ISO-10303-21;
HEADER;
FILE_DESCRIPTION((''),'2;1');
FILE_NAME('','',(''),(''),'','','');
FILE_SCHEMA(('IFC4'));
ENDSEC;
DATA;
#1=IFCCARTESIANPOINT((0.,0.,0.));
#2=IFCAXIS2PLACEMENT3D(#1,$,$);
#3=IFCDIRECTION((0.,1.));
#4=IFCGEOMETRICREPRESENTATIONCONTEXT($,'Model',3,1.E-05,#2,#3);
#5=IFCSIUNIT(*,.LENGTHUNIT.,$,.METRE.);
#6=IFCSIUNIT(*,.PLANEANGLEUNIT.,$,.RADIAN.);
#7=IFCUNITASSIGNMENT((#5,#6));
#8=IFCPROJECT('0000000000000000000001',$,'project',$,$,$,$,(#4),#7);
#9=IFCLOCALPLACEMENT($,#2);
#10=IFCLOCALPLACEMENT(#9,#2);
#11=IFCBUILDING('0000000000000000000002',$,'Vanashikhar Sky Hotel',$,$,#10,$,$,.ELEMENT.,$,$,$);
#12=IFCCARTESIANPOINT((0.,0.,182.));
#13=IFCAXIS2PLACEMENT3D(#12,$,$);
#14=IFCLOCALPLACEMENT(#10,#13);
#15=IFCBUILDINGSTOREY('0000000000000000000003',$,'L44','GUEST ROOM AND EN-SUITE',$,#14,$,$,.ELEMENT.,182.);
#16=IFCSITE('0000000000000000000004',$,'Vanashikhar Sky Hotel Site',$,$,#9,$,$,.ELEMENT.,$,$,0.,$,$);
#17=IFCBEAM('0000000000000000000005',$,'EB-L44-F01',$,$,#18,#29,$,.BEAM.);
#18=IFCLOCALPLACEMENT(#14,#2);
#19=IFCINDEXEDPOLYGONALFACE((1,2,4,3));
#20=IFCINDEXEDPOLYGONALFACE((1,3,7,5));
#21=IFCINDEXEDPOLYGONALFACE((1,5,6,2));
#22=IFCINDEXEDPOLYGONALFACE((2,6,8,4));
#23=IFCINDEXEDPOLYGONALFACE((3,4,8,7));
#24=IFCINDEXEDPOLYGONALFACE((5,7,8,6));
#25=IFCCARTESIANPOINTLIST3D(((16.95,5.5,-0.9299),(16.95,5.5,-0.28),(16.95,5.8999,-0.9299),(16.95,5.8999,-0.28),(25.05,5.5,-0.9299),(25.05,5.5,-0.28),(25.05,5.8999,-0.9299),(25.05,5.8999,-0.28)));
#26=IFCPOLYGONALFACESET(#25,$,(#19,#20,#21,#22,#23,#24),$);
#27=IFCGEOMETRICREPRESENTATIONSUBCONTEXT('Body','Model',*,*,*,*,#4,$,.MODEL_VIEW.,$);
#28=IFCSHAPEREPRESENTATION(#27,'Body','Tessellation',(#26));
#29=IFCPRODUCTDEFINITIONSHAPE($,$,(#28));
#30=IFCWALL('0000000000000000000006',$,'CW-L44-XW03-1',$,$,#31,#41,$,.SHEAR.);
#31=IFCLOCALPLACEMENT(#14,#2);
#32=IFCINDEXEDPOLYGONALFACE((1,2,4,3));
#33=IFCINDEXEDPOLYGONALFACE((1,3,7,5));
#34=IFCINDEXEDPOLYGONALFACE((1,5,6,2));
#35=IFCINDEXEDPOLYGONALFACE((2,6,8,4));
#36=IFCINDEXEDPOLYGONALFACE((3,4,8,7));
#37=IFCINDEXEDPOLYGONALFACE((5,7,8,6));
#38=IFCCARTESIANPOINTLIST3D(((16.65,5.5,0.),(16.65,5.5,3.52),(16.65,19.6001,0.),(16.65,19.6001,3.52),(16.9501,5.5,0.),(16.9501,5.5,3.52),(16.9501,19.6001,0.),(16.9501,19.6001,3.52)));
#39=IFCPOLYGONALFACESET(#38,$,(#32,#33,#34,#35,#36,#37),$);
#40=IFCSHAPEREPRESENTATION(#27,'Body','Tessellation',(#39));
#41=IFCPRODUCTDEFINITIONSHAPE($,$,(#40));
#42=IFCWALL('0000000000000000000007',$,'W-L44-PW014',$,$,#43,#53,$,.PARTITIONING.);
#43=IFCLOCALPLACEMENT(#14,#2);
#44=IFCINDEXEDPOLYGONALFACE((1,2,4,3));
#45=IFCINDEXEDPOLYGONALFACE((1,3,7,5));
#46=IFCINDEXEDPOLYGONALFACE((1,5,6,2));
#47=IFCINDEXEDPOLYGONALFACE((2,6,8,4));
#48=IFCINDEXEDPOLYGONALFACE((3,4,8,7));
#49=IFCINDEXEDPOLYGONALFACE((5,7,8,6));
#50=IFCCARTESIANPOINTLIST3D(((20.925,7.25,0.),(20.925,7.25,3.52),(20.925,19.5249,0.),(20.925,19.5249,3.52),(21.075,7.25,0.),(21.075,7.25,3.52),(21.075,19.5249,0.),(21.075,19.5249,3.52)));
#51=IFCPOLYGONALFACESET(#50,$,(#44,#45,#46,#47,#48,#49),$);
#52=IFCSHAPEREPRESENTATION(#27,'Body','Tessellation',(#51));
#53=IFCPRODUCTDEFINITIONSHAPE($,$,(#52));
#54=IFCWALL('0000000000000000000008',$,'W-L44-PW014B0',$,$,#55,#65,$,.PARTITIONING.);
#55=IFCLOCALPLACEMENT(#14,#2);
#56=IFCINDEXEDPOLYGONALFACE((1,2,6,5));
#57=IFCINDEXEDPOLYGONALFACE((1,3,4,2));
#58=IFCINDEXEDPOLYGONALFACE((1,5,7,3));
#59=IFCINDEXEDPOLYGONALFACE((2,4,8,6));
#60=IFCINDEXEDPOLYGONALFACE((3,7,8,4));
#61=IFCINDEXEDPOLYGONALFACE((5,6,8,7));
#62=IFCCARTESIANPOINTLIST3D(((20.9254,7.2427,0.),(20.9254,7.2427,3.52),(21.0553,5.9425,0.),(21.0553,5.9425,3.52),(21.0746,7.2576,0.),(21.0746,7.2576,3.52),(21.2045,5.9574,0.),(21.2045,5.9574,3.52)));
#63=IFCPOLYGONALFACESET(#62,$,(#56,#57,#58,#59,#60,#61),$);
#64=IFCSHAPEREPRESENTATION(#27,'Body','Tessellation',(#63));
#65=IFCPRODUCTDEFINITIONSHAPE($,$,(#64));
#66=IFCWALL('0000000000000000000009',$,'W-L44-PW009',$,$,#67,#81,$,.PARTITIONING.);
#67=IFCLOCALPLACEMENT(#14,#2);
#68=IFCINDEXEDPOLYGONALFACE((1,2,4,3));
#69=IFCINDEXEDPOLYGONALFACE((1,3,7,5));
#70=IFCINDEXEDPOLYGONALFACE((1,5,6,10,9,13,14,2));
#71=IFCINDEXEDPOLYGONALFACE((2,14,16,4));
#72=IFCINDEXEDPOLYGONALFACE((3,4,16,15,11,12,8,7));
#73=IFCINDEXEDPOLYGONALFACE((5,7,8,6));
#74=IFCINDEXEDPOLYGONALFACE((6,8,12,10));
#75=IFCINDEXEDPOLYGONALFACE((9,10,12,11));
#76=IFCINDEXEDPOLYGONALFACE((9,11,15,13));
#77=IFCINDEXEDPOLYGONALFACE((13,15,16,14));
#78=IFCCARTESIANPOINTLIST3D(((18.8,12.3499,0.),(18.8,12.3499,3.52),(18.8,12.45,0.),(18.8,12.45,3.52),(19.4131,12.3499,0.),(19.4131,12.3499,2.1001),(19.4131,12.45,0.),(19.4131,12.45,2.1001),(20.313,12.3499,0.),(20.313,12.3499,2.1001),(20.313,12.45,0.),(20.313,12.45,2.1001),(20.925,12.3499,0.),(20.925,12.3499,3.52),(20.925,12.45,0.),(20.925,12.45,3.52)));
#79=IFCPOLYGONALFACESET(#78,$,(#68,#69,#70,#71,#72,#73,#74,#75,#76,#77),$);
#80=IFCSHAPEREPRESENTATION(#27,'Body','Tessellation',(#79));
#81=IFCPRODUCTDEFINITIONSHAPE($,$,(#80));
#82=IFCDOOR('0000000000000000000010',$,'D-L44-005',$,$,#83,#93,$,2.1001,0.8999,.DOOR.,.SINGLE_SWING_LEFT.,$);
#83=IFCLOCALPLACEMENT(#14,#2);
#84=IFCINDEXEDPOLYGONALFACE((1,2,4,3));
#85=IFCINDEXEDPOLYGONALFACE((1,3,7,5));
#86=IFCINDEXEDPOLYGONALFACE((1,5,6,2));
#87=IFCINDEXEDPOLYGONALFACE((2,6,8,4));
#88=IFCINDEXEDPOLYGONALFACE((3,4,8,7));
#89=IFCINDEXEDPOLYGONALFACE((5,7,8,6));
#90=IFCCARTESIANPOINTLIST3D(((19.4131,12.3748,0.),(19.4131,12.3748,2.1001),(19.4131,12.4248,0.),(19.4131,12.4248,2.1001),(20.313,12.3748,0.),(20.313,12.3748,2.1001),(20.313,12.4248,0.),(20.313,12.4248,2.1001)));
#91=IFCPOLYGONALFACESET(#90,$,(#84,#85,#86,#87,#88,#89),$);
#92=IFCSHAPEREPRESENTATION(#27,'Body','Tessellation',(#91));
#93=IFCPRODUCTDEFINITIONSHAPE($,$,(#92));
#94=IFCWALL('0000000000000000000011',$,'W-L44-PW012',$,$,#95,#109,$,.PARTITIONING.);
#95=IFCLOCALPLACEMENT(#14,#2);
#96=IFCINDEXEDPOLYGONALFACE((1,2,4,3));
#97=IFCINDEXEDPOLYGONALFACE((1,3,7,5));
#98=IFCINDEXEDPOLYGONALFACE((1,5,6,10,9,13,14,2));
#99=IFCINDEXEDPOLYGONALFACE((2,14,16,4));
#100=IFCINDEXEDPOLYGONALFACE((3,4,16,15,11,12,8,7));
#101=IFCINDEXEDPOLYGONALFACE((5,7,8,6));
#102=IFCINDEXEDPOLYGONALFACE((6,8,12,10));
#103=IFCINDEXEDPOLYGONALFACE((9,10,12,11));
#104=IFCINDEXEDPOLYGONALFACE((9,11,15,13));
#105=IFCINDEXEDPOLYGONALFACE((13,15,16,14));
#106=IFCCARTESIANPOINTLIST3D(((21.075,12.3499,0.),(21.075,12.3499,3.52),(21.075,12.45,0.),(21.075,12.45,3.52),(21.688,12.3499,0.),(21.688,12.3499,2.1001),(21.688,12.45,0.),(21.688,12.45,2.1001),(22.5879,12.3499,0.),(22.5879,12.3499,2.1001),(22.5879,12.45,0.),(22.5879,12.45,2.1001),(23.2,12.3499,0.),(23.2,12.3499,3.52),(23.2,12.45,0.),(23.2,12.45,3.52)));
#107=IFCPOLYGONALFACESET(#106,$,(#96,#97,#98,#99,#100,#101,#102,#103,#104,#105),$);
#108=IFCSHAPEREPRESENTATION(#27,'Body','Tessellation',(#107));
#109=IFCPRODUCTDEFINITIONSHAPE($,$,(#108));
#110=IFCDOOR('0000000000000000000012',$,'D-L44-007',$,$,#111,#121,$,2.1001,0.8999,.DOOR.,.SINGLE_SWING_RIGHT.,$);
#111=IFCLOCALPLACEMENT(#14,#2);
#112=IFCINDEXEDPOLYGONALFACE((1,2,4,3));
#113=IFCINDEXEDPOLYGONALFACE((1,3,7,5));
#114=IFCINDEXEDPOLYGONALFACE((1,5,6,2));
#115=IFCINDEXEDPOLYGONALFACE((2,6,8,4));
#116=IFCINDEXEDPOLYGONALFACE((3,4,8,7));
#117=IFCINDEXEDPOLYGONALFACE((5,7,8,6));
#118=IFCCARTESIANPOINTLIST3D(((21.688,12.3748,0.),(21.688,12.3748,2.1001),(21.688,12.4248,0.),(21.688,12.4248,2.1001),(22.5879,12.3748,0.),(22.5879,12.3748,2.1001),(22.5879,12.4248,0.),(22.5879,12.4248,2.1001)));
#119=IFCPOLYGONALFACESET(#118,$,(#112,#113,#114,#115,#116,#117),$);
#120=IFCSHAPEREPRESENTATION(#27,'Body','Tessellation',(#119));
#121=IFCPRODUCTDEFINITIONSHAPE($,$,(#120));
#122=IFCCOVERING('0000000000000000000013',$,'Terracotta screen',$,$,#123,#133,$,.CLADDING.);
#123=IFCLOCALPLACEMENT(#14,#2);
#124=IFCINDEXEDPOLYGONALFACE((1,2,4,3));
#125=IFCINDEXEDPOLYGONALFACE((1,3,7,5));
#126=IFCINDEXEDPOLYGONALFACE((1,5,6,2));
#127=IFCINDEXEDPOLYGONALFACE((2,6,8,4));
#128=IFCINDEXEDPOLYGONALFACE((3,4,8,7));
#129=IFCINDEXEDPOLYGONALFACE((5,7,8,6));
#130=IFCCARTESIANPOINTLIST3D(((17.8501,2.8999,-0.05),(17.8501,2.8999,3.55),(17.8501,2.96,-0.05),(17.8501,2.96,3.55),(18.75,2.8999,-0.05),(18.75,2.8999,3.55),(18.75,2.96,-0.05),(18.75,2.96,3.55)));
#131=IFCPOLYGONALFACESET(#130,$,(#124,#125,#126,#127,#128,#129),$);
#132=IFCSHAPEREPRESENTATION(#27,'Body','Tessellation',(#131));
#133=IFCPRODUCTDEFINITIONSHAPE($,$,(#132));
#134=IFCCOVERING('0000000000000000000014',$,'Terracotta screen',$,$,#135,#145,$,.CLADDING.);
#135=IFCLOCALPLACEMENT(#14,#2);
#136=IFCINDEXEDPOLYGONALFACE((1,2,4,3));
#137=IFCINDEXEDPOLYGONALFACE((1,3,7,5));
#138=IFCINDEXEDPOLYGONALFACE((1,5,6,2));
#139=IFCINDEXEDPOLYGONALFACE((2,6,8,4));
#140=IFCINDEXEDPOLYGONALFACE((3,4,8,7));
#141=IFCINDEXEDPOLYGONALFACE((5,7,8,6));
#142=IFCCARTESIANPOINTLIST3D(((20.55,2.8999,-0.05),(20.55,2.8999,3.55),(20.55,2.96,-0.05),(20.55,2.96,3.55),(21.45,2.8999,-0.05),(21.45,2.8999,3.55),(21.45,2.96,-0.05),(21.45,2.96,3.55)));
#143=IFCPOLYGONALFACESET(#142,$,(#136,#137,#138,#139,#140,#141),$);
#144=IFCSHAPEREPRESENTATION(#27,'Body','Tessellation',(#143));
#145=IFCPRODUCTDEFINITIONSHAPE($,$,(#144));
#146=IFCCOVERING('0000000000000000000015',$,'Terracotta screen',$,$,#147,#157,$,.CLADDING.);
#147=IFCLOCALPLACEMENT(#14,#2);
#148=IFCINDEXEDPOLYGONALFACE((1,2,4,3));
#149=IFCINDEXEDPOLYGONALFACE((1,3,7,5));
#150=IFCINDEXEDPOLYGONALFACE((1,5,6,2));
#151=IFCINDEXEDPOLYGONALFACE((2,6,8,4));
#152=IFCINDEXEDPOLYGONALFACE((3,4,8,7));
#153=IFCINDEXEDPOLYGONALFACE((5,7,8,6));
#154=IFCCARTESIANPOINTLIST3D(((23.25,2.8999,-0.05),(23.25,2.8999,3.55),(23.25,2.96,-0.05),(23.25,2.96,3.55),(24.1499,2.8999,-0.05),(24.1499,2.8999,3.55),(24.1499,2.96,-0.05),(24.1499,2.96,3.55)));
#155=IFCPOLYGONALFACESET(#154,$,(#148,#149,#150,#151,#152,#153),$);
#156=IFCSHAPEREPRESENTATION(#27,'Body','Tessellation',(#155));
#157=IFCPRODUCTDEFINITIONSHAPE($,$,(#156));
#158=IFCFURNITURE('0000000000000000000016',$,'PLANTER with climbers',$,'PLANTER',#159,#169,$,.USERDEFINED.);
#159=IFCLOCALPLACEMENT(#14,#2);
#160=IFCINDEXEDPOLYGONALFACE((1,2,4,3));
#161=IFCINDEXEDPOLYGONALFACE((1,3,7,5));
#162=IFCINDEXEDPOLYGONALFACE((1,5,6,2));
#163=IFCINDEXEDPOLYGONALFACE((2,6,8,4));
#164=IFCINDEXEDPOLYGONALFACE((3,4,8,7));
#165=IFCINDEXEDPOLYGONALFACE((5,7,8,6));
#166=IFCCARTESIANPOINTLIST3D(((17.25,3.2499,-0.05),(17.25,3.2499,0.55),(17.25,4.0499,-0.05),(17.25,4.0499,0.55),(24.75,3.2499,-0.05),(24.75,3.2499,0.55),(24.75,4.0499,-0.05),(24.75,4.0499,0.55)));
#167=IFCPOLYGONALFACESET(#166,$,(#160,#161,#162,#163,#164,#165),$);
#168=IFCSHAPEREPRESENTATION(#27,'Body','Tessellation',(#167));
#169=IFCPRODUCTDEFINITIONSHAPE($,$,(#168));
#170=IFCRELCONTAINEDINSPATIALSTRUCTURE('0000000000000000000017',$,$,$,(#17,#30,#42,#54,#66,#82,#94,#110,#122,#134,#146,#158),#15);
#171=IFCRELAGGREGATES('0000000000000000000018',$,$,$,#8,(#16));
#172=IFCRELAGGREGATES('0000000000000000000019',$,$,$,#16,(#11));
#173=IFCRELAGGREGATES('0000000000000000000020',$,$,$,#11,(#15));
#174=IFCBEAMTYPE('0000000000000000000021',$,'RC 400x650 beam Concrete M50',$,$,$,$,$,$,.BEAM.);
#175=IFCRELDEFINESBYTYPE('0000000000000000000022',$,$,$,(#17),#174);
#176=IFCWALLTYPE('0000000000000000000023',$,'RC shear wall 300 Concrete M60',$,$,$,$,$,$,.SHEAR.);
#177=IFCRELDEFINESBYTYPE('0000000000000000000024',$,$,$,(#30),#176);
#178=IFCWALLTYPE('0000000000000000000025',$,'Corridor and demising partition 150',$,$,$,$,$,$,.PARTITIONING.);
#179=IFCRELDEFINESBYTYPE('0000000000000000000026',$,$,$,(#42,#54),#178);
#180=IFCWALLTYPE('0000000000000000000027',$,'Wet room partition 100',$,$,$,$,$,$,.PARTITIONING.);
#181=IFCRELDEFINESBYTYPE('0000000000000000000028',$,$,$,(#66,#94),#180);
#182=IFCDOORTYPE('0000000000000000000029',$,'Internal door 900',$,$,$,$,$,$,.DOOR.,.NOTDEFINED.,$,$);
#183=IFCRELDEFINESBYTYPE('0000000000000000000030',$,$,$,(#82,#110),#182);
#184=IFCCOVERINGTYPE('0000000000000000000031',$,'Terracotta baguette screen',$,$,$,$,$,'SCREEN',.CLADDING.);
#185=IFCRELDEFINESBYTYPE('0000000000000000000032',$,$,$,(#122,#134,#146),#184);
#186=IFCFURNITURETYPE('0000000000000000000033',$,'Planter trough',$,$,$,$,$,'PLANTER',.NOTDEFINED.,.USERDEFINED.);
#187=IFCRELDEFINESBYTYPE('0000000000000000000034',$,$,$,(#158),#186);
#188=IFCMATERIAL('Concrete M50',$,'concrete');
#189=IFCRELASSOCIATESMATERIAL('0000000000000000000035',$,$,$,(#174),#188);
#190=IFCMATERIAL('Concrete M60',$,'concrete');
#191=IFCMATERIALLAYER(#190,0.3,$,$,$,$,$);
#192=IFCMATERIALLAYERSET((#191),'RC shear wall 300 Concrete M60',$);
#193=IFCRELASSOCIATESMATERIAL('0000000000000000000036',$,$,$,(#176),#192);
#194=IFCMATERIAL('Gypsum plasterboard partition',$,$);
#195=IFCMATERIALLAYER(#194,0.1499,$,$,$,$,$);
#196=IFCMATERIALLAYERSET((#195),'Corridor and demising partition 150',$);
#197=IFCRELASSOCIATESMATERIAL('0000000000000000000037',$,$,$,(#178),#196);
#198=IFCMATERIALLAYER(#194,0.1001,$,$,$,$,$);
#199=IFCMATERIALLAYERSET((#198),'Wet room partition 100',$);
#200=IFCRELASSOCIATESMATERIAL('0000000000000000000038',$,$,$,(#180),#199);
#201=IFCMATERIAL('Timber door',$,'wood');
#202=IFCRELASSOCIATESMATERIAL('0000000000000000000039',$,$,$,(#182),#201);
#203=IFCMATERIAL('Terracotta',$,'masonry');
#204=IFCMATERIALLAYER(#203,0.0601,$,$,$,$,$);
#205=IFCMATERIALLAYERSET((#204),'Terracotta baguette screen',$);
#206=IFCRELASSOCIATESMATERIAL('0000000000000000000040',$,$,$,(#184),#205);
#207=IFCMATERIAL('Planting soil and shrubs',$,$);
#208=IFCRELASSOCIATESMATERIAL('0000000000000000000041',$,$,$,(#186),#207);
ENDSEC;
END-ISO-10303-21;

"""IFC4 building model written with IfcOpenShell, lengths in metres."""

from ifc_helpers import new_model, si_unit, direction, frame, frame_2d, origin, origin_2d, place, context, subcontext, project, spatial, rectangle, extrude, source, transform, mapped, material, layer, layer_set, material_profile, profile_set, type_object, element, fill, save


model = new_model("IFC4")

# Units and contexts
model_context = context("Model", 3, precision=1e-05, world=origin(), true_north=direction((0.0, 1.0)))
body_context = subcontext(model_context, "Body", "Model", "MODEL_VIEW")
ifc_project = project(units=[si_unit("LENGTHUNIT", "METRE"), si_unit("PLANEANGLEUNIT", "RADIAN")], contexts=[model_context])

# Site, building, storey
site_placement = place(None, origin())
site = spatial("IfcSite", under=ifc_project, at=site_placement, Name="Vanashikhar Sky Hotel Site", CompositionType="ELEMENT", RefElevation=0.0)
building_placement = place(site_placement, origin())
building = spatial("IfcBuilding", under=site, at=building_placement, Name="Vanashikhar Sky Hotel", CompositionType="ELEMENT")
storey_placement = place(building_placement, frame((0.0, 0.0, 182.0)))
storey = spatial("IfcBuildingStorey", under=building, at=storey_placement, Name="L44", Description="GUEST ROOM AND EN-SUITE", CompositionType="ELEMENT", Elevation=182.0)

# Beam
ifc_material_1 = material(Name="Concrete M50", Category="concrete")
ifc_material_profile = material_profile(ifc_material_1, rectangle(XDim=0.3999, YDim=0.6499, at=origin_2d()))
ifc_profile_set = profile_set([ifc_material_profile], Name="RC 400x650 beam Concrete M50")
beam_type = type_object("IfcBeamType", Name="RC 400x650 beam Concrete M50", PredefinedType="BEAM", material=ifc_profile_set)
shared_shape_1 = source(origin(), body_context, "Body", "SweptSolid", [
    extrude(rectangle(XDim=0.3999, YDim=0.6499, at=origin_2d()), origin(), (0.0, 0.0, 1.0), 8.1001),
])
beam_placement = place(storey_placement, frame((16.95, 5.7, -0.605), z_axis=(1.0, 0.0, 0.0), x_axis=(0.0, 1.0, 0.0)))
element("IfcBeam", 1, at=beam_placement, inside=storey, type_object=beam_type, Name="EB-L44-F01", PredefinedType="BEAM", context=body_context, shape_type="MappedRepresentation", body=[
    mapped(shared_shape_1, transform((0.0, 0.0, 0.0), scale=1.0)),
])

# Wall
ifc_material_2 = material(Name="Concrete M60", Category="concrete")
ifc_layer_1 = layer(ifc_material_2, 0.3)
ifc_layer_set_1 = layer_set([ifc_layer_1], Name="RC shear wall 300 Concrete M60")
wall_type_1 = type_object("IfcWallType", Name="RC shear wall 300 Concrete M60", PredefinedType="SHEAR", material=ifc_layer_set_1)
shared_shape_2 = source(origin(), body_context, "Body", "SweptSolid", [
    extrude(rectangle(XDim=14.1001, YDim=0.3, at=frame_2d((7.05, 0.0))), origin(), (0.0, 0.0, 1.0), 3.52),
])
wall_1_placement = place(storey_placement, frame((16.8, 5.5, 0.0), z_axis=(0.0, 0.0, 1.0), x_axis=(0.0, 1.0, 0.0)))
element("IfcWall", 2, at=wall_1_placement, inside=storey, type_object=wall_type_1, Name="CW-L44-XW03-1", PredefinedType="SHEAR", context=body_context, shape_type="MappedRepresentation", body=[
    mapped(shared_shape_2, transform((0.0, 0.0, 0.0), scale=1.0)),
])

# Walls
ifc_material_3 = material(Name="Gypsum plasterboard partition")
ifc_layer_2 = layer(ifc_material_3, 0.1499)
ifc_layer_set_2 = layer_set([ifc_layer_2], Name="Corridor and demising partition 150")
wall_type_2 = type_object("IfcWallType", Name="Corridor and demising partition 150", PredefinedType="PARTITIONING", material=ifc_layer_set_2)
shared_shape_3 = source(origin(), body_context, "Body", "SweptSolid", [
    extrude(rectangle(XDim=12.2749, YDim=0.1499, at=frame_2d((6.1375, 0.0))), origin(), (0.0, 0.0, 1.0), 3.52),
])
wall_2_placement = place(storey_placement, frame((21.0, 7.25, 0.0), z_axis=(0.0, 0.0, 1.0), x_axis=(0.0, 1.0, 0.0)))
element("IfcWall", 3, at=wall_2_placement, inside=storey, type_object=wall_type_2, Name="W-L44-PW014", PredefinedType="PARTITIONING", context=body_context, shape_type="MappedRepresentation", body=[
    mapped(shared_shape_3, transform((0.0, 0.0, 0.0), scale=1.0)),
])
shared_shape_4 = source(origin(), body_context, "Body", "SweptSolid", [
    extrude(rectangle(XDim=1.3066, YDim=0.1499, at=frame_2d((0.6533, 0.0))), origin(), (0.0, 0.0, 1.0), 3.52),
])
wall_3_placement = place(storey_placement, frame((21.1299, 5.95, 0.0), z_axis=(0.0, 0.0, 1.0), x_axis=(-0.099411, 0.995046, 0.0)))
element("IfcWall", 4, at=wall_3_placement, inside=storey, type_object=wall_type_2, Name="W-L44-PW014B0", PredefinedType="PARTITIONING", context=body_context, shape_type="MappedRepresentation", body=[
    mapped(shared_shape_4, transform((0.0, 0.0, 0.0), scale=1.0)),
])

# Walls, openings, doors
ifc_layer_3 = layer(ifc_material_3, 0.1001)
ifc_layer_set_3 = layer_set([ifc_layer_3], Name="Wet room partition 100")
wall_type_3 = type_object("IfcWallType", Name="Wet room partition 100", PredefinedType="PARTITIONING", material=ifc_layer_set_3)
shared_shape_5 = source(origin(), body_context, "Body", "SweptSolid", [
    extrude(rectangle(XDim=2.125, YDim=0.1001, at=frame_2d((1.0625, 0.0))), origin(), (0.0, 0.0, 1.0), 3.52),
])
wall_4_placement = place(storey_placement, frame((18.8, 12.3999, 0.0), z_axis=(0.0, 0.0, 1.0), x_axis=(1.0, 0.0, 0.0)))
wall_4 = element("IfcWall", 5, at=wall_4_placement, inside=storey, type_object=wall_type_3, Name="W-L44-PW009", PredefinedType="PARTITIONING", context=body_context, shape_type="MappedRepresentation", body=[
    mapped(shared_shape_5, transform((0.0, 0.0, 0.0), scale=1.0)),
])
shared_shape_6 = source(origin(), body_context, "Body", "SweptSolid", [
    extrude(rectangle(XDim=0.8999, YDim=2.1001, at=frame_2d((0.45, 1.05))), frame((0.0, 0.0601, 0.0), z_axis=(0.0, -1.0, 0.0), x_axis=(1.0, 0.0, 0.0)), (0.0, 0.0, 1.0), 0.1201),
])
opening_1_placement = place(wall_4_placement, frame((0.613, 0.0, 0.0)))
opening_1 = element("IfcOpeningElement", 6, at=opening_1_placement, cuts=wall_4, PredefinedType="OPENING", context=body_context, shape_type="MappedRepresentation", body=[
    mapped(shared_shape_6, transform((0.0, 0.0, 0.0), scale=1.0)),
])
ifc_material_4 = material(Name="Timber door", Category="wood")
door_type_1 = type_object("IfcDoorType", Name="Internal door 900", OperationType="NOTDEFINED", PredefinedType="DOOR", material=ifc_material_4)
shared_shape_7 = source(origin(), body_context, "Body", "SweptSolid", [
    extrude(rectangle(XDim=0.8999, YDim=2.1001, at=frame_2d((0.45, 1.05))), frame((0.0, 0.0249, 0.0), z_axis=(0.0, -1.0, 0.0), x_axis=(1.0, 0.0, 0.0)), (0.0, 0.0, 1.0), 0.05),
])
door_1_placement = place(opening_1_placement, origin())
door_1 = element("IfcDoor", 7, at=door_1_placement, inside=storey, type_object=door_type_1, Name="D-L44-005", OperationType="SINGLE_SWING_LEFT", OverallHeight=2.1001, OverallWidth=0.8999, PredefinedType="DOOR", context=body_context, shape_type="MappedRepresentation", body=[
    mapped(shared_shape_7, transform((0.0, 0.0, 0.0), scale=1.0)),
])
fill(opening_1, door_1)
wall_5_placement = place(storey_placement, frame((21.075, 12.3999, 0.0), z_axis=(0.0, 0.0, 1.0), x_axis=(1.0, 0.0, 0.0)))
wall_5 = element("IfcWall", 8, at=wall_5_placement, inside=storey, type_object=wall_type_3, Name="W-L44-PW012", PredefinedType="PARTITIONING", context=body_context, shape_type="MappedRepresentation", body=[
    mapped(shared_shape_5, transform((0.0, 0.0, 0.0), scale=1.0)),
])
opening_2_placement = place(wall_5_placement, frame((0.613, 0.0, 0.0)))
opening_2 = element("IfcOpeningElement", 9, at=opening_2_placement, cuts=wall_5, PredefinedType="OPENING", context=body_context, shape_type="MappedRepresentation", body=[
    mapped(shared_shape_6, transform((0.0, 0.0, 0.0), scale=1.0)),
])
door_2_placement = place(opening_2_placement, origin())
door_2 = element("IfcDoor", 10, at=door_2_placement, inside=storey, type_object=door_type_1, Name="D-L44-007", OperationType="SINGLE_SWING_RIGHT", OverallHeight=2.1001, OverallWidth=0.8999, PredefinedType="DOOR", context=body_context, shape_type="MappedRepresentation", body=[
    mapped(shared_shape_7, transform((0.0, 0.0, 0.0), scale=1.0)),
])
fill(opening_2, door_2)

# Coverings
ifc_material_5 = material(Name="Terracotta", Category="masonry")
ifc_layer_4 = layer(ifc_material_5, 0.0601)
ifc_layer_set_4 = layer_set([ifc_layer_4], Name="Terracotta baguette screen")
covering_type = type_object("IfcCoveringType", Name="Terracotta baguette screen", ElementType="SCREEN", PredefinedType="CLADDING", material=ifc_layer_set_4)
shared_shape_8 = source(origin(), body_context, "Body", "SweptSolid", [
    extrude(rectangle(XDim=0.8999, YDim=0.0601, at=origin_2d()), origin(), (0.0, 0.0, 1.0), 3.6001),
])
for number, where, z_axis, x_axis, name in (
    (11, (18.3, 2.9299, -0.05), (0.0, 0.0, 1.0), (1.0, 0.0, 0.0), "Terracotta screen"),
    (12, (21.0, 2.9299, -0.05), (0.0, 0.0, 1.0), (1.0, 0.0, 0.0), "Terracotta screen"),
    (13, (23.7, 2.9299, -0.05), (0.0, 0.0, 1.0), (1.0, 0.0, 0.0), "Terracotta screen"),
):
    element("IfcCovering", number, at=place(storey_placement, frame(where, z_axis=z_axis, x_axis=x_axis)), inside=storey, type_object=covering_type, Name=name, PredefinedType="CLADDING", context=body_context, shape_type="MappedRepresentation", body=[
        mapped(shared_shape_8, transform((0.0, 0.0, 0.0), scale=1.0)),
    ])

# Furniture
ifc_material_6 = material(Name="Planting soil and shrubs")
furniture_type = type_object("IfcFurnitureType", Name="Planter trough", ElementType="PLANTER", AssemblyPlace="NOTDEFINED", PredefinedType="USERDEFINED", material=ifc_material_6)
shared_shape_9 = source(origin(), body_context, "Body", "SweptSolid", [
    extrude(rectangle(XDim=7.5, YDim=0.8, at=origin_2d()), origin(), (0.0, 0.0, 1.0), 0.6001),
])
furniture_placement = place(storey_placement, frame((21.0, 3.6499, -0.05), z_axis=(0.0, 0.0, 1.0), x_axis=(1.0, 0.0, 0.0)))
element("IfcFurniture", 14, at=furniture_placement, inside=storey, type_object=furniture_type, Name="PLANTER with climbers", ObjectType="PLANTER", PredefinedType="USERDEFINED", context=body_context, shape_type="MappedRepresentation", body=[
    mapped(shared_shape_9, transform((0.0, 0.0, 0.0), scale=1.0)),
])

save(model, "model.ifc")
